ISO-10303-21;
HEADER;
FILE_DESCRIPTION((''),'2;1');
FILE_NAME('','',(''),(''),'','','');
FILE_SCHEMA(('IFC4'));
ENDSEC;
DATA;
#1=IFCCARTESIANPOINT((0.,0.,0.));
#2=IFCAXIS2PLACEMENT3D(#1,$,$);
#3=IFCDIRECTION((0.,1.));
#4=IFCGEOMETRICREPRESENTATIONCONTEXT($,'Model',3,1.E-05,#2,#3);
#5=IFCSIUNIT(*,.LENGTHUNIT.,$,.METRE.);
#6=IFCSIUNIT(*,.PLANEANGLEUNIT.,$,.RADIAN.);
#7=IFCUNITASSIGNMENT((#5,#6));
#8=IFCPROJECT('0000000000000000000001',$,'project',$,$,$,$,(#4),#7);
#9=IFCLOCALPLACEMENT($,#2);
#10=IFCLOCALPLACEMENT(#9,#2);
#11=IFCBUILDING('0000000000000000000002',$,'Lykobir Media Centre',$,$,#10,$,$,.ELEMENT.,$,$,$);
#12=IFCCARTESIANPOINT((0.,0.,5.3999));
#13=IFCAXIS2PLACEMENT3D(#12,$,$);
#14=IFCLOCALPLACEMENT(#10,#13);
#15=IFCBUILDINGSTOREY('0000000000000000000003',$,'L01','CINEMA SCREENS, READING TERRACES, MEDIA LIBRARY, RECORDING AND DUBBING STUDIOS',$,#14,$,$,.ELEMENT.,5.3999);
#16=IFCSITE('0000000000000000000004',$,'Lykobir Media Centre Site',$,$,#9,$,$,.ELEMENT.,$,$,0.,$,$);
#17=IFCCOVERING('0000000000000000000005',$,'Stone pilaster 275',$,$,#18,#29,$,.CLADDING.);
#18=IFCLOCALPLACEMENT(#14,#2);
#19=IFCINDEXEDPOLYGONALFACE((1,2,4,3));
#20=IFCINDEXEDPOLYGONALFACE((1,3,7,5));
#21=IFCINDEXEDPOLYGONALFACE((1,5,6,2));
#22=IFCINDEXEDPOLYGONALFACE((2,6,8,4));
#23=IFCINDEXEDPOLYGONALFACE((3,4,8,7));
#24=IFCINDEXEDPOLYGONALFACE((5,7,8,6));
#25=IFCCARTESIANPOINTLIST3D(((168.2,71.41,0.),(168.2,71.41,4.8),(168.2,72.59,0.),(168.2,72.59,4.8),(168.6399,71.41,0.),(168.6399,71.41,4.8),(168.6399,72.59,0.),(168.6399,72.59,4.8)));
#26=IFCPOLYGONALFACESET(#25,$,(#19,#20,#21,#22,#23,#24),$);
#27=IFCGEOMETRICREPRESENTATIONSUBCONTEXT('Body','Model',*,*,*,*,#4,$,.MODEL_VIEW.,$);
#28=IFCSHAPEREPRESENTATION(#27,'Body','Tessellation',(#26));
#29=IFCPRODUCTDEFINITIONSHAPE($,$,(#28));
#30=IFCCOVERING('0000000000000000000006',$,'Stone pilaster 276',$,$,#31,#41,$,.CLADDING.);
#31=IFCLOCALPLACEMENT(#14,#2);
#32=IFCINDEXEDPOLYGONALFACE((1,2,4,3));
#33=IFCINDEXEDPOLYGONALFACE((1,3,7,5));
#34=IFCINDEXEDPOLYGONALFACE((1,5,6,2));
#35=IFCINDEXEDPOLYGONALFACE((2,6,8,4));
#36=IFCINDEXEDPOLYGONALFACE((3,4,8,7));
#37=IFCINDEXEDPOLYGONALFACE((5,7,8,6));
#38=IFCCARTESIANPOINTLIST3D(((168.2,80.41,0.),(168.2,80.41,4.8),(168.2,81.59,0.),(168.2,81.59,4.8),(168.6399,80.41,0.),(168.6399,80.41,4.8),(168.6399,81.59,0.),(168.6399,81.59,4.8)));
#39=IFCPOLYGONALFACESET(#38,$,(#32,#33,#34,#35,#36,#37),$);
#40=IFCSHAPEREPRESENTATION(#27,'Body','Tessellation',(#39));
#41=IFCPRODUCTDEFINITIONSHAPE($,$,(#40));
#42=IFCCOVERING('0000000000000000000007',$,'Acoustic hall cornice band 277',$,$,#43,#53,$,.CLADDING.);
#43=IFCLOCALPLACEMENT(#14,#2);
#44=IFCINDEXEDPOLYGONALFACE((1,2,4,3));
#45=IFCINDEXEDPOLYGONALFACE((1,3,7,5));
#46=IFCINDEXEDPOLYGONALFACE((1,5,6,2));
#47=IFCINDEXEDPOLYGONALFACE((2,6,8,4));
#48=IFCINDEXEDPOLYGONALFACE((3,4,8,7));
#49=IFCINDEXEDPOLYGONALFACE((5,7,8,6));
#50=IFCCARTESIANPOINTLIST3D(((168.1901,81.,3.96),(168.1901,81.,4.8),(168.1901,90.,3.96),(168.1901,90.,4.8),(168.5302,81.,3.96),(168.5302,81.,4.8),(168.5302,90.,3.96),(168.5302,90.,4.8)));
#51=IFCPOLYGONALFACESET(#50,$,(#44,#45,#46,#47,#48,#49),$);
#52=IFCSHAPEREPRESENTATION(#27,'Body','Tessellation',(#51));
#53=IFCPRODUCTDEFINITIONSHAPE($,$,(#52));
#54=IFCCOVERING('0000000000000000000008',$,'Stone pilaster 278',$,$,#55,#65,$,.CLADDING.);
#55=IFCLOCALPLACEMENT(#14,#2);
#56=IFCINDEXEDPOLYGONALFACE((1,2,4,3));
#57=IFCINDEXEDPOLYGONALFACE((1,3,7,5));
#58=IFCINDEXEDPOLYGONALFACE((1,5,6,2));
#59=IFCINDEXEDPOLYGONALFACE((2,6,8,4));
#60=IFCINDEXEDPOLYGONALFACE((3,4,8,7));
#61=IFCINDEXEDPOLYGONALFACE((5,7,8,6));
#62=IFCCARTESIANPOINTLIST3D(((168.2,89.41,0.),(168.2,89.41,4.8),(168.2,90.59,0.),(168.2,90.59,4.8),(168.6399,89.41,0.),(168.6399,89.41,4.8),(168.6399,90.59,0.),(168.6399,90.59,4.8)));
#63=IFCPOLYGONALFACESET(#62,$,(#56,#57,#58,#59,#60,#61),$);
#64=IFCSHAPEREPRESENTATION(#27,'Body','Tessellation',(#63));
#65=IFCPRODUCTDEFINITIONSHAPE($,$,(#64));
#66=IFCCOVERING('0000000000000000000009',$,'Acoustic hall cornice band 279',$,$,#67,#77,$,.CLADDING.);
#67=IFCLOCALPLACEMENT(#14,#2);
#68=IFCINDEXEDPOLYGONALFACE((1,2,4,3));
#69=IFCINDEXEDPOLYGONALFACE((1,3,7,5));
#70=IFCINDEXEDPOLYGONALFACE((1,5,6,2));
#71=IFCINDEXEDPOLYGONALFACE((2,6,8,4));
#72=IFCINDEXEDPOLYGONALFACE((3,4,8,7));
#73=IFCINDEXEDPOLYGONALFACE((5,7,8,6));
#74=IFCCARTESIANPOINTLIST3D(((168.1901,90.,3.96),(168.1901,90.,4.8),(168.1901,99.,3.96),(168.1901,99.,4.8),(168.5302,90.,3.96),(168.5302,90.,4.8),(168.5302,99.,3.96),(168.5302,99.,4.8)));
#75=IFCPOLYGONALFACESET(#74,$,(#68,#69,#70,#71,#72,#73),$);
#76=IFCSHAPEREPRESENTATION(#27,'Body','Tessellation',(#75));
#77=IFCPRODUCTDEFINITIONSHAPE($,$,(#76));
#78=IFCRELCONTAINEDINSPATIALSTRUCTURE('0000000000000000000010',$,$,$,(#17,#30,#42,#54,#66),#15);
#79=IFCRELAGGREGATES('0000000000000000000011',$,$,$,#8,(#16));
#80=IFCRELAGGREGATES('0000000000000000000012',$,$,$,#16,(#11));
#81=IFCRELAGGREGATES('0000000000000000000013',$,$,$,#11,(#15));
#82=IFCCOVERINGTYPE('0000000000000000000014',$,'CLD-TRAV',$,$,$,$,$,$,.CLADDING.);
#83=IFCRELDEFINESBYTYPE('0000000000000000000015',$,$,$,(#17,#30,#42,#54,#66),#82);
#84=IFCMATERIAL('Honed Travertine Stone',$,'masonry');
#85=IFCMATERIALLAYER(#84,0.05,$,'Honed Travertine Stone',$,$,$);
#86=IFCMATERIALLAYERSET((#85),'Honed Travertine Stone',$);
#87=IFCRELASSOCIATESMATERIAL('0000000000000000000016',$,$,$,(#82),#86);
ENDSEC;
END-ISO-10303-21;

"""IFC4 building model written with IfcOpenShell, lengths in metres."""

from ifc_helpers import new_model, si_unit, direction, frame, origin, origin_2d, place, context, subcontext, project, spatial, rectangle, extrude, material, layer, layer_set, type_object, element, save


model = new_model("IFC4")

# Units and contexts
model_context = context("Model", 3, precision=1e-05, world=origin(), true_north=direction((0.0, 1.0)))
body_context = subcontext(model_context, "Body", "Model", "MODEL_VIEW")
ifc_project = project(units=[si_unit("LENGTHUNIT", "METRE"), si_unit("PLANEANGLEUNIT", "RADIAN")], contexts=[model_context])

# Site, building, storey
site_placement = place(None, origin())
site = spatial("IfcSite", under=ifc_project, at=site_placement, Name="Lykobir Media Centre Site", CompositionType="ELEMENT", RefElevation=0.0)
building_placement = place(site_placement, origin())
building = spatial("IfcBuilding", under=site, at=building_placement, Name="Lykobir Media Centre", CompositionType="ELEMENT")
storey_placement = place(building_placement, frame((0.0, 0.0, 5.3999)))
storey = spatial("IfcBuildingStorey", under=building, at=storey_placement, Name="L01", Description="CINEMA SCREENS, READING TERRACES, MEDIA LIBRARY, RECORDING AND DUBBING STUDIOS", CompositionType="ELEMENT", Elevation=5.3999)

# Shared definitions
ifc_material_1 = material(Name="Honed Travertine Stone", Category="masonry")

# Coverings
ifc_layer_1 = layer(ifc_material_1, 0.05, Name="Honed Travertine Stone")
ifc_layer_set_1 = layer_set([ifc_layer_1], Name="Honed Travertine Stone")
covering_type = type_object("IfcCoveringType", Name="CLD-TRAV", PredefinedType="CLADDING", material=ifc_layer_set_1)
for number, where, z_axis, x_axis, name in (
    (1, (168.4199, 72.0, 0.0), (0.0, 0.0, 1.0), (0.0, 1.0, 0.0), "Stone pilaster 275"),
    (2, (168.4199, 81.0, 0.0), (0.0, 0.0, 1.0), (0.0, 1.0, 0.0), "Stone pilaster 276"),
):
    element("IfcCovering", number, at=place(storey_placement, frame(where, z_axis=z_axis, x_axis=x_axis)), inside=storey, type_object=covering_type, Name=name, PredefinedType="CLADDING", context=body_context, shape_type="SweptSolid", body=[
        extrude(rectangle(XDim=1.1799, YDim=0.4399, at=origin_2d()), origin(), (0.0, 0.0, 1.0), 4.8),
    ])
covering_1_placement = place(storey_placement, frame((168.3601, 85.5, 3.96), z_axis=(0.0, 0.0, 1.0), x_axis=(0.0, 1.0, 0.0)))
element("IfcCovering", 3, at=covering_1_placement, inside=storey, type_object=covering_type, Name="Acoustic hall cornice band 277", PredefinedType="CLADDING", context=body_context, shape_type="SweptSolid", body=[
    extrude(rectangle(XDim=9.0, YDim=0.3401, at=origin_2d()), origin(), (0.0, 0.0, 1.0), 0.8401),
])
covering_2_placement = place(storey_placement, frame((168.4199, 90.0, 0.0), z_axis=(0.0, 0.0, 1.0), x_axis=(0.0, 1.0, 0.0)))
element("IfcCovering", 4, at=covering_2_placement, inside=storey, type_object=covering_type, Name="Stone pilaster 278", PredefinedType="CLADDING", context=body_context, shape_type="SweptSolid", body=[
    extrude(rectangle(XDim=1.1799, YDim=0.4399, at=origin_2d()), origin(), (0.0, 0.0, 1.0), 4.8),
])
covering_3_placement = place(storey_placement, frame((168.3601, 94.5, 3.96), z_axis=(0.0, 0.0, 1.0), x_axis=(0.0, 1.0, 0.0)))
element("IfcCovering", 5, at=covering_3_placement, inside=storey, type_object=covering_type, Name="Acoustic hall cornice band 279", PredefinedType="CLADDING", context=body_context, shape_type="SweptSolid", body=[
    extrude(rectangle(XDim=9.0, YDim=0.3401, at=origin_2d()), origin(), (0.0, 0.0, 1.0), 0.8401),
])

save(model, "model.ifc")
